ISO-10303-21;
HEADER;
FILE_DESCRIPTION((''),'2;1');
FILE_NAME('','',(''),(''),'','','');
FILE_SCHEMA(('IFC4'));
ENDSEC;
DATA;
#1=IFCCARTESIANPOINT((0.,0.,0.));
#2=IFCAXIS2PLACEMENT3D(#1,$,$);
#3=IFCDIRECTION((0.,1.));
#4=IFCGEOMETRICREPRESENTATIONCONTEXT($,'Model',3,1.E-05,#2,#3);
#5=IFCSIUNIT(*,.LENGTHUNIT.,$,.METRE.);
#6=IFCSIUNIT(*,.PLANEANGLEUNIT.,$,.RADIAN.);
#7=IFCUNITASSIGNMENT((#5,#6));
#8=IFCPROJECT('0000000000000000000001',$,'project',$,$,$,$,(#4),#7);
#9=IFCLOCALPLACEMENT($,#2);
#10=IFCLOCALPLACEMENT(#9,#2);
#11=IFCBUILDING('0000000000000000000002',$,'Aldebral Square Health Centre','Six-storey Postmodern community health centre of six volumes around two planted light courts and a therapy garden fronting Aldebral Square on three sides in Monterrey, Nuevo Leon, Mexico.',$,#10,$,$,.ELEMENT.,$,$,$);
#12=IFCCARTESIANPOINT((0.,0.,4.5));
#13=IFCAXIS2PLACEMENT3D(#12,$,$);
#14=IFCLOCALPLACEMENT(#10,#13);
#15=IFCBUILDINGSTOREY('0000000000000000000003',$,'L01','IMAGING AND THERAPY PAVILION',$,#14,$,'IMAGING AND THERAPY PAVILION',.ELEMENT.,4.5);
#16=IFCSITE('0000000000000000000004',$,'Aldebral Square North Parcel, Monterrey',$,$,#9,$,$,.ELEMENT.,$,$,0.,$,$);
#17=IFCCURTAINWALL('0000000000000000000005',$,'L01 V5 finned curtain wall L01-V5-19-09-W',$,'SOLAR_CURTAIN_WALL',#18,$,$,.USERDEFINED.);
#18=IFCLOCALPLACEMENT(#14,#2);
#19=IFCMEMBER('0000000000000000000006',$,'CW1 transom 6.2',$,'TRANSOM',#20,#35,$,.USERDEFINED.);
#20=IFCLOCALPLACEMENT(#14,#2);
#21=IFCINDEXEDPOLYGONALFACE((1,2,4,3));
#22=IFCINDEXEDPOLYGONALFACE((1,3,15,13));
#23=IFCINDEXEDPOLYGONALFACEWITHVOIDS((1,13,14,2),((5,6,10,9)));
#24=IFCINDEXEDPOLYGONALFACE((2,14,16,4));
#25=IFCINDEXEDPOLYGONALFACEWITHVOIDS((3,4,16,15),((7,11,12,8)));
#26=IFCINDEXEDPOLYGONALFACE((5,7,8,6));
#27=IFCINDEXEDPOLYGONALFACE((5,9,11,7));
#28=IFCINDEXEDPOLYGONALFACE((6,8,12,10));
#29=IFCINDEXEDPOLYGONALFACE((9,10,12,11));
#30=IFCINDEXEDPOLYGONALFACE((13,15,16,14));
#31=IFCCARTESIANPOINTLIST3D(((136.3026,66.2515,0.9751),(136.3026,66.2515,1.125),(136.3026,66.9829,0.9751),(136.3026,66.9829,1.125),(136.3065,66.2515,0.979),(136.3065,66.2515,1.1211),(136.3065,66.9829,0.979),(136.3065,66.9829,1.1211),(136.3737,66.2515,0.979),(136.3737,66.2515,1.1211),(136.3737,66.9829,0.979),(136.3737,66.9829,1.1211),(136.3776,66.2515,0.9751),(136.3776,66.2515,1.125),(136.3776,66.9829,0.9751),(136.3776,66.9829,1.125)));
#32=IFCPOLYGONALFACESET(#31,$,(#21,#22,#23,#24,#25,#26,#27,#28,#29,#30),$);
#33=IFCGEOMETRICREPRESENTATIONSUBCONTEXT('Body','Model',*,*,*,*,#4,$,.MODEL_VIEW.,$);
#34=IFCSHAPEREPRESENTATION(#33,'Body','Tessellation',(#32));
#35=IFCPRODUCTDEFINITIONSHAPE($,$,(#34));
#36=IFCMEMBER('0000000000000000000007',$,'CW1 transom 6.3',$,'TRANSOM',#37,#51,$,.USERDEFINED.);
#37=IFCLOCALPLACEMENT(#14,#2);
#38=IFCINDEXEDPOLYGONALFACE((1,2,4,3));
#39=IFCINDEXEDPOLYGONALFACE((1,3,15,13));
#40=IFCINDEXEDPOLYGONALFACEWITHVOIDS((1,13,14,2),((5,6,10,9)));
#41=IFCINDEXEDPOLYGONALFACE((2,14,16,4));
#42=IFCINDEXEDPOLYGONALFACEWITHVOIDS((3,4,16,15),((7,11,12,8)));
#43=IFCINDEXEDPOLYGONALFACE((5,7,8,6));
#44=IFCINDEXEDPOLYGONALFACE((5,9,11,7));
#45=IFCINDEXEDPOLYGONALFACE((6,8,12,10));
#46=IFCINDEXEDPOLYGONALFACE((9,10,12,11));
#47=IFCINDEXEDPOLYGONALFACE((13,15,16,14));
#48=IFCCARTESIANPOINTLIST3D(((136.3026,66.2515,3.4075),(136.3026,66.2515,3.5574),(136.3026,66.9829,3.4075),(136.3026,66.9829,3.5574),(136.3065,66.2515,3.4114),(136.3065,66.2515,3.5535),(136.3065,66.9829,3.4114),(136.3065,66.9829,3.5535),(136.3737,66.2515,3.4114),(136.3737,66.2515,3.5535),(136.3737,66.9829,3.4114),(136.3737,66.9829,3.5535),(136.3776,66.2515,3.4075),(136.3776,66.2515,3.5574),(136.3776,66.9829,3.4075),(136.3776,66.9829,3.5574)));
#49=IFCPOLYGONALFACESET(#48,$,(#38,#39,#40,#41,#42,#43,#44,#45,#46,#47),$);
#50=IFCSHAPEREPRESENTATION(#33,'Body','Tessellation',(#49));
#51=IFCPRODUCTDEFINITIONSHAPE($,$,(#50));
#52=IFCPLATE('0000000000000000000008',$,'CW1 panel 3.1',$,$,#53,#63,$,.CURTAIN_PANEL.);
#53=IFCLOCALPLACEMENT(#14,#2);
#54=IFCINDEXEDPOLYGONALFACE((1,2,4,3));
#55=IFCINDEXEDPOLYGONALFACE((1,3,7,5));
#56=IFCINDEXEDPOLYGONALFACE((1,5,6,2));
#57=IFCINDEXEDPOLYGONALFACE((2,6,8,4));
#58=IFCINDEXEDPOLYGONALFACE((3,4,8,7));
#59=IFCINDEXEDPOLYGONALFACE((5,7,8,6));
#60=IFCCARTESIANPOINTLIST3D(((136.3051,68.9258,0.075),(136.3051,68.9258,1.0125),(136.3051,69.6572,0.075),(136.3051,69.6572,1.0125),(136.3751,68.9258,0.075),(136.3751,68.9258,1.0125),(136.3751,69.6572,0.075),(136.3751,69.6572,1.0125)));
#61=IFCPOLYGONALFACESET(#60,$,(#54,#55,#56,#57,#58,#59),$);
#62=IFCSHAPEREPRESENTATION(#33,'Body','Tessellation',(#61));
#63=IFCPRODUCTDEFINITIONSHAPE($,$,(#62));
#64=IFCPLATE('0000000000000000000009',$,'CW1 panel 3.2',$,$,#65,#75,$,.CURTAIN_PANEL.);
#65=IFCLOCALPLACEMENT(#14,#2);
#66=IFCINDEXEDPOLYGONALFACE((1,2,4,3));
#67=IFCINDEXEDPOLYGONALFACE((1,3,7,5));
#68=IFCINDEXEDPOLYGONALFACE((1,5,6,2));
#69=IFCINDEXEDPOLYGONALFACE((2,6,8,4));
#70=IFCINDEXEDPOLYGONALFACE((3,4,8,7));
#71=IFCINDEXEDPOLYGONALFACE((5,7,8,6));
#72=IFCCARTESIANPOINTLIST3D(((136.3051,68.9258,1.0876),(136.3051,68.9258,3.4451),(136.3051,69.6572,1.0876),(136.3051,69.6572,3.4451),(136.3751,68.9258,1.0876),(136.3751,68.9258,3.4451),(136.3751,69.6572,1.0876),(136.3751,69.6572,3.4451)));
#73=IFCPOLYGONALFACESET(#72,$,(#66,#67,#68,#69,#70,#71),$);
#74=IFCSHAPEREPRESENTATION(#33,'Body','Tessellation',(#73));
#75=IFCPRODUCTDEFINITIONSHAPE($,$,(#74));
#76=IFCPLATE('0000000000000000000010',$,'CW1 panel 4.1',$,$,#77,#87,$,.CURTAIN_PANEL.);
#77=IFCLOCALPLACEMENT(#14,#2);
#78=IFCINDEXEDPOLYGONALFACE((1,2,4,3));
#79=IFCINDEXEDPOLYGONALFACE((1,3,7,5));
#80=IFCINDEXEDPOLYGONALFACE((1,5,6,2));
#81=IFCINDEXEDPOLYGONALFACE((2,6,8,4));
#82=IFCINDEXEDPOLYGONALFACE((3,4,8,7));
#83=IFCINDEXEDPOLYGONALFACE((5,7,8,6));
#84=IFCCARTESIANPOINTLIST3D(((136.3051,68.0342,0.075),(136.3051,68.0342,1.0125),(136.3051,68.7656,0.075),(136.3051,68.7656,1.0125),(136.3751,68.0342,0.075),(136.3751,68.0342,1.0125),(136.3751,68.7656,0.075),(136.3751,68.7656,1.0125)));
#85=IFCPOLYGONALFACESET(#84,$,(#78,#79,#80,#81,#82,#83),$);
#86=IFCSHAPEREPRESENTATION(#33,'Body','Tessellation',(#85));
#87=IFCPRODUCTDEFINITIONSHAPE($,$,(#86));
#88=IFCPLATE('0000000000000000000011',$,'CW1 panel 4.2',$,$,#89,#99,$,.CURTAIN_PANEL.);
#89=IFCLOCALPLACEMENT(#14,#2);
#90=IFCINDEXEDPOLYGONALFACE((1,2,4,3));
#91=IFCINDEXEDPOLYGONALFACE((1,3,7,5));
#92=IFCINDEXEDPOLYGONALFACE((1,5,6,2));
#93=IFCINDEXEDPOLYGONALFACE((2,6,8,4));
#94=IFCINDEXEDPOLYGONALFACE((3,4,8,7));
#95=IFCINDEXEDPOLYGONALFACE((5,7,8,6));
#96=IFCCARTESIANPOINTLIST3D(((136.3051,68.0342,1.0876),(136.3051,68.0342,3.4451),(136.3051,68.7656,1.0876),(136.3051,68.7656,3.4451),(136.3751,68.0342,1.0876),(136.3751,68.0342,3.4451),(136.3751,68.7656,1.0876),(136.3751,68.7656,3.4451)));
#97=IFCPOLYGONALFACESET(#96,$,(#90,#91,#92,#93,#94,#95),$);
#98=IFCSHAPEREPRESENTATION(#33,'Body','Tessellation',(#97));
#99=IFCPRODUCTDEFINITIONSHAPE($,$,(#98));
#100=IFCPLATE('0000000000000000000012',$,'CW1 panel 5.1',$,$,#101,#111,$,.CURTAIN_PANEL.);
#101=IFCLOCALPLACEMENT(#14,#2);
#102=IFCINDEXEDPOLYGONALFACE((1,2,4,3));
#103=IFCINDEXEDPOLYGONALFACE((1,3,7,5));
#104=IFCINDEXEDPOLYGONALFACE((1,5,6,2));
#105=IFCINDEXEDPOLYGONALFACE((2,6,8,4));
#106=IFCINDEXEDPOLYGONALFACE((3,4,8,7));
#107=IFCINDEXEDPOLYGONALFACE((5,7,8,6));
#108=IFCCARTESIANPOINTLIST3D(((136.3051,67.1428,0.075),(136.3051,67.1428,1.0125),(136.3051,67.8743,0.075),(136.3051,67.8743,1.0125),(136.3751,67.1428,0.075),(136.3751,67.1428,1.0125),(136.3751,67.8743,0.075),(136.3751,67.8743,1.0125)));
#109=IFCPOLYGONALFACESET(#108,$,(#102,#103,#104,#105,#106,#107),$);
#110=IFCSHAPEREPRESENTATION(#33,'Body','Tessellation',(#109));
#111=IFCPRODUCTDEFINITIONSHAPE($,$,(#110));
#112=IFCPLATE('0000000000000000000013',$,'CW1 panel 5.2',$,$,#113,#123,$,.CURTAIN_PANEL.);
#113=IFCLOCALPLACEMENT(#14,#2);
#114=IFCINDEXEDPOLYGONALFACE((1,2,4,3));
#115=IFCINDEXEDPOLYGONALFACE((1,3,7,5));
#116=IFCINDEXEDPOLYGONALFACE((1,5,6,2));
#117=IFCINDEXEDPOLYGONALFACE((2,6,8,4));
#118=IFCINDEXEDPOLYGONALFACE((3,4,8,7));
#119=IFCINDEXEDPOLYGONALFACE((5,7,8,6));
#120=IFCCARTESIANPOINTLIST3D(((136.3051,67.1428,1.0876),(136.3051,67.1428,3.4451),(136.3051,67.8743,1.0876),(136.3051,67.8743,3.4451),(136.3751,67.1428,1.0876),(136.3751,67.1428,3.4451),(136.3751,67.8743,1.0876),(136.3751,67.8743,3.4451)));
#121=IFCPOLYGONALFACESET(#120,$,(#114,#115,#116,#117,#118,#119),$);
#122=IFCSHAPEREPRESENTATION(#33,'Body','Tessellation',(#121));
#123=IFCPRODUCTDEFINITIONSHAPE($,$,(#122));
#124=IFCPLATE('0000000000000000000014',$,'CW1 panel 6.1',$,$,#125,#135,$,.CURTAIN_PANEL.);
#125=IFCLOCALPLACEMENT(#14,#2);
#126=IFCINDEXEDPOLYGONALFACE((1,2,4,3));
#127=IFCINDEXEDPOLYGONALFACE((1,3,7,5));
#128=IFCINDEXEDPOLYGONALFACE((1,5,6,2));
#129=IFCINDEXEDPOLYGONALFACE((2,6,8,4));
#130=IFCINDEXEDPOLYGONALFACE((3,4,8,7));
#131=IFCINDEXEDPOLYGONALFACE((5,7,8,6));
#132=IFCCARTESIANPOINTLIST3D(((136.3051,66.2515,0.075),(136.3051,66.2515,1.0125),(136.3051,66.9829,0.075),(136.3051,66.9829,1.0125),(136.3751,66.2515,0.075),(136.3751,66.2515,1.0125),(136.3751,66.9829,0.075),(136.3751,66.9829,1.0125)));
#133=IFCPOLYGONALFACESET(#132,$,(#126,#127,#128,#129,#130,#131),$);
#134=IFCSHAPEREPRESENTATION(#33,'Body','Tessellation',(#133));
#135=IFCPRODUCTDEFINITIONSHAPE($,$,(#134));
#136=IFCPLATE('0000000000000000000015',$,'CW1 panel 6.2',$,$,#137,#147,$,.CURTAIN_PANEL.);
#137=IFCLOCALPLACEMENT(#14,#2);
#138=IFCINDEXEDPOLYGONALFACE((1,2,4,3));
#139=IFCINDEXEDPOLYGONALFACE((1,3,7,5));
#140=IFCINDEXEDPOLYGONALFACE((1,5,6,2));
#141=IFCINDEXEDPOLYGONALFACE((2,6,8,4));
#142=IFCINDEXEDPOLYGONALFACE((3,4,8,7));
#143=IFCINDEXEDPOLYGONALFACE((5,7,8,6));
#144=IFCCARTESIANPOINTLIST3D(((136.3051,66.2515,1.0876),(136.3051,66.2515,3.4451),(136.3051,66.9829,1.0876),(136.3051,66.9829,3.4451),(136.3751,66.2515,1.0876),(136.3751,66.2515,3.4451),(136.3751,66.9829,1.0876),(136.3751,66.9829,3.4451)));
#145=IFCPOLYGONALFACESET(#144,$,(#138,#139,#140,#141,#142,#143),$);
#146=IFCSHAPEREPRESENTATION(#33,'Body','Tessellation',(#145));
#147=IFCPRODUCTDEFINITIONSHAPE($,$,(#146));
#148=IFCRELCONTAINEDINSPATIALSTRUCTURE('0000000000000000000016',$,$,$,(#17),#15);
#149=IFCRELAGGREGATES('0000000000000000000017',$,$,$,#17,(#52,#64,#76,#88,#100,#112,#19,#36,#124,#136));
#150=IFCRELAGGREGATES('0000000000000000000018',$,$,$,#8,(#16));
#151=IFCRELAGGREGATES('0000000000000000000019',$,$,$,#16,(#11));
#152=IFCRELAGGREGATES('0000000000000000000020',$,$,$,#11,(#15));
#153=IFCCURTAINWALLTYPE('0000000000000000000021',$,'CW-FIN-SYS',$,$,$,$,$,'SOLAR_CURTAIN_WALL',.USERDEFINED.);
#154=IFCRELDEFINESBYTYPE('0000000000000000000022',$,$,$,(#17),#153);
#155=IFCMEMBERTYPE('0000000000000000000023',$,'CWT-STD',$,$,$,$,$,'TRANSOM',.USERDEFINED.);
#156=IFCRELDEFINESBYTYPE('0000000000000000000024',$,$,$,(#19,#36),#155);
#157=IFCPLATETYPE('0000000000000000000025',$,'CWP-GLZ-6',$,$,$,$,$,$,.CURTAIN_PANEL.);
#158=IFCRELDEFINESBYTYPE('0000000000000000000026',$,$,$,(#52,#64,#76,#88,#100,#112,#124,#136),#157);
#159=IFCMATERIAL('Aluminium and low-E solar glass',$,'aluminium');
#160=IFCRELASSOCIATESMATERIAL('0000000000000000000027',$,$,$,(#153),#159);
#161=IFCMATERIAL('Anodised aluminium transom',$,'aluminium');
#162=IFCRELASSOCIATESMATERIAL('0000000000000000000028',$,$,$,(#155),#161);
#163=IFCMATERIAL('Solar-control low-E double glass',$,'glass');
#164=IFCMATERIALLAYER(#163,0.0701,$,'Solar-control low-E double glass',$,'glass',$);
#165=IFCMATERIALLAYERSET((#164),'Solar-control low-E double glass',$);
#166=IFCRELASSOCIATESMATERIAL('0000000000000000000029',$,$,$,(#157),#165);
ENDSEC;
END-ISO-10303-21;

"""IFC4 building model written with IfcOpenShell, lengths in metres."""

from ifc_helpers import new_model, si_unit, direction, frame, origin, origin_2d, place, context, subcontext, project, spatial, rectangle, hollow_rectangle, extrude, material, layer, layer_set, material_profile, profile_set, type_object, element, aggregate, save


model = new_model("IFC4")

# Units and contexts
model_context = context("Model", 3, precision=1e-05, world=origin(), true_north=direction((0.0, 1.0)))
body_context = subcontext(model_context, "Body", "Model", "MODEL_VIEW")
ifc_project = project(units=[si_unit("LENGTHUNIT", "METRE"), si_unit("PLANEANGLEUNIT", "RADIAN")], contexts=[model_context])

# Site, building, storey
site_placement = place(None, origin())
site = spatial("IfcSite", under=ifc_project, at=site_placement, Name="Aldebral Square North Parcel, Monterrey", CompositionType="ELEMENT", RefElevation=0.0)
building_placement = place(site_placement, origin())
building = spatial("IfcBuilding", under=site, at=building_placement, Name="Aldebral Square Health Centre", Description="Six-storey Postmodern community health centre of six volumes around two planted light courts and a therapy garden fronting Aldebral Square on three sides in Monterrey, Nuevo Leon, Mexico.", CompositionType="ELEMENT")
storey_placement = place(building_placement, frame((0.0, 0.0, 4.5)))
storey = spatial("IfcBuildingStorey", under=building, at=storey_placement, Name="L01", Description="IMAGING AND THERAPY PAVILION", LongName="IMAGING AND THERAPY PAVILION", CompositionType="ELEMENT", Elevation=4.5)

# Curtain wall, members, plates
ifc_material_1 = material(Name="Aluminium and low-E solar glass", Category="aluminium")
curtain_wall_type = type_object("IfcCurtainWallType", Name="CW-FIN-SYS", ElementType="SOLAR_CURTAIN_WALL", PredefinedType="USERDEFINED", material=ifc_material_1)
curtain_wall_placement = place(storey_placement, origin())
curtain_wall = element("IfcCurtainWall", 1, at=curtain_wall_placement, inside=storey, type_object=curtain_wall_type, Name="L01 V5 finned curtain wall L01-V5-19-09-W", ObjectType="SOLAR_CURTAIN_WALL", PredefinedType="USERDEFINED")
ifc_material_2 = material(Name="Anodised aluminium transom", Category="aluminium")
ifc_material_profile_1 = material_profile(ifc_material_2, hollow_rectangle(XDim=0.075, YDim=0.1499, WallThickness=0.0039, at=origin_2d()), Name="CWT 75x150x4")
ifc_profile_set_1 = profile_set([ifc_material_profile_1], Name="Anodised aluminium transom")
member_type_1 = type_object("IfcMemberType", Name="CWT-STD", ElementType="TRANSOM", PredefinedType="USERDEFINED", material=ifc_profile_set_1)
member_1_placement = place(storey_placement, frame((136.3401, 66.9829, 1.05), z_axis=(0.0, -1.0, 0.0), x_axis=(1.0, 0.0, 0.0)))
member_1 = element("IfcMember", 2, at=member_1_placement, type_object=member_type_1, Name="CW1 transom 6.2", ObjectType="TRANSOM", PredefinedType="USERDEFINED", context=body_context, shape_type="SweptSolid", body=[
    extrude(hollow_rectangle(XDim=0.075, YDim=0.1499, WallThickness=0.0039, at=origin_2d()), origin(), (0.0, 0.0, 1.0), 0.7314),
])
member_2_placement = place(storey_placement, frame((136.3401, 66.9829, 3.4824), z_axis=(0.0, -1.0, 0.0), x_axis=(1.0, 0.0, 0.0)))
member_2 = element("IfcMember", 3, at=member_2_placement, type_object=member_type_1, Name="CW1 transom 6.3", ObjectType="TRANSOM", PredefinedType="USERDEFINED", context=body_context, shape_type="SweptSolid", body=[
    extrude(hollow_rectangle(XDim=0.075, YDim=0.1499, WallThickness=0.0039, at=origin_2d()), origin(), (0.0, 0.0, 1.0), 0.7314),
])
ifc_material_3 = material(Name="Solar-control low-E double glass", Category="glass")
ifc_layer = layer(ifc_material_3, 0.0701, Name="Solar-control low-E double glass", Category="glass")
ifc_layer_set = layer_set([ifc_layer], Name="Solar-control low-E double glass")
plate_type = type_object("IfcPlateType", Name="CWP-GLZ-6", PredefinedType="CURTAIN_PANEL", material=ifc_layer_set)
plate_1_placement = place(storey_placement, frame((136.3401, 69.2915, 0.075), z_axis=(0.0, 0.0, 1.0), x_axis=(0.0, -1.0, 0.0)))
plate_1 = element("IfcPlate", 4, at=plate_1_placement, type_object=plate_type, Name="CW1 panel 3.1", PredefinedType="CURTAIN_PANEL", context=body_context, shape_type="SweptSolid", body=[
    extrude(rectangle(XDim=0.7314, YDim=0.0701, at=origin_2d()), origin(), (0.0, 0.0, 1.0), 0.9375),
])
plate_2_placement = place(storey_placement, frame((136.3401, 69.2915, 1.0876), z_axis=(0.0, 0.0, 1.0), x_axis=(0.0, -1.0, 0.0)))
plate_2 = element("IfcPlate", 5, at=plate_2_placement, type_object=plate_type, Name="CW1 panel 3.2", PredefinedType="CURTAIN_PANEL", context=body_context, shape_type="SweptSolid", body=[
    extrude(rectangle(XDim=0.7314, YDim=0.0701, at=origin_2d()), origin(), (0.0, 0.0, 1.0), 2.3574),
])
plate_3_placement = place(storey_placement, frame((136.3401, 68.3999, 0.075), z_axis=(0.0, 0.0, 1.0), x_axis=(0.0, -1.0, 0.0)))
plate_3 = element("IfcPlate", 6, at=plate_3_placement, type_object=plate_type, Name="CW1 panel 4.1", PredefinedType="CURTAIN_PANEL", context=body_context, shape_type="SweptSolid", body=[
    extrude(rectangle(XDim=0.7314, YDim=0.0701, at=origin_2d()), origin(), (0.0, 0.0, 1.0), 0.9375),
])
plate_4_placement = place(storey_placement, frame((136.3401, 68.3999, 1.0876), z_axis=(0.0, 0.0, 1.0), x_axis=(0.0, -1.0, 0.0)))
plate_4 = element("IfcPlate", 7, at=plate_4_placement, type_object=plate_type, Name="CW1 panel 4.2", PredefinedType="CURTAIN_PANEL", context=body_context, shape_type="SweptSolid", body=[
    extrude(rectangle(XDim=0.7314, YDim=0.0701, at=origin_2d()), origin(), (0.0, 0.0, 1.0), 2.3574),
])
plate_5_placement = place(storey_placement, frame((136.3401, 67.5085, 0.075), z_axis=(0.0, 0.0, 1.0), x_axis=(0.0, -1.0, 0.0)))
plate_5 = element("IfcPlate", 8, at=plate_5_placement, type_object=plate_type, Name="CW1 panel 5.1", PredefinedType="CURTAIN_PANEL", context=body_context, shape_type="SweptSolid", body=[
    extrude(rectangle(XDim=0.7314, YDim=0.0701, at=origin_2d()), origin(), (0.0, 0.0, 1.0), 0.9375),
])
plate_6_placement = place(storey_placement, frame((136.3401, 67.5085, 1.0876), z_axis=(0.0, 0.0, 1.0), x_axis=(0.0, -1.0, 0.0)))
plate_6 = element("IfcPlate", 9, at=plate_6_placement, type_object=plate_type, Name="CW1 panel 5.2", PredefinedType="CURTAIN_PANEL", context=body_context, shape_type="SweptSolid", body=[
    extrude(rectangle(XDim=0.7314, YDim=0.0701, at=origin_2d()), origin(), (0.0, 0.0, 1.0), 2.3574),
])
plate_7_placement = place(storey_placement, frame((136.3401, 66.6172, 0.075), z_axis=(0.0, 0.0, 1.0), x_axis=(0.0, -1.0, 0.0)))
plate_7 = element("IfcPlate", 10, at=plate_7_placement, type_object=plate_type, Name="CW1 panel 6.1", PredefinedType="CURTAIN_PANEL", context=body_context, shape_type="SweptSolid", body=[
    extrude(rectangle(XDim=0.7314, YDim=0.0701, at=origin_2d()), origin(), (0.0, 0.0, 1.0), 0.9375),
])
plate_8_placement = place(storey_placement, frame((136.3401, 66.6172, 1.0876), z_axis=(0.0, 0.0, 1.0), x_axis=(0.0, -1.0, 0.0)))
plate_8 = element("IfcPlate", 11, at=plate_8_placement, type_object=plate_type, Name="CW1 panel 6.2", PredefinedType="CURTAIN_PANEL", context=body_context, shape_type="SweptSolid", body=[
    extrude(rectangle(XDim=0.7314, YDim=0.0701, at=origin_2d()), origin(), (0.0, 0.0, 1.0), 2.3574),
])
aggregate(curtain_wall, [plate_1, plate_2, plate_3, plate_4, plate_5, plate_6, member_1, member_2, plate_7, plate_8])

save(model, "model.ifc")
